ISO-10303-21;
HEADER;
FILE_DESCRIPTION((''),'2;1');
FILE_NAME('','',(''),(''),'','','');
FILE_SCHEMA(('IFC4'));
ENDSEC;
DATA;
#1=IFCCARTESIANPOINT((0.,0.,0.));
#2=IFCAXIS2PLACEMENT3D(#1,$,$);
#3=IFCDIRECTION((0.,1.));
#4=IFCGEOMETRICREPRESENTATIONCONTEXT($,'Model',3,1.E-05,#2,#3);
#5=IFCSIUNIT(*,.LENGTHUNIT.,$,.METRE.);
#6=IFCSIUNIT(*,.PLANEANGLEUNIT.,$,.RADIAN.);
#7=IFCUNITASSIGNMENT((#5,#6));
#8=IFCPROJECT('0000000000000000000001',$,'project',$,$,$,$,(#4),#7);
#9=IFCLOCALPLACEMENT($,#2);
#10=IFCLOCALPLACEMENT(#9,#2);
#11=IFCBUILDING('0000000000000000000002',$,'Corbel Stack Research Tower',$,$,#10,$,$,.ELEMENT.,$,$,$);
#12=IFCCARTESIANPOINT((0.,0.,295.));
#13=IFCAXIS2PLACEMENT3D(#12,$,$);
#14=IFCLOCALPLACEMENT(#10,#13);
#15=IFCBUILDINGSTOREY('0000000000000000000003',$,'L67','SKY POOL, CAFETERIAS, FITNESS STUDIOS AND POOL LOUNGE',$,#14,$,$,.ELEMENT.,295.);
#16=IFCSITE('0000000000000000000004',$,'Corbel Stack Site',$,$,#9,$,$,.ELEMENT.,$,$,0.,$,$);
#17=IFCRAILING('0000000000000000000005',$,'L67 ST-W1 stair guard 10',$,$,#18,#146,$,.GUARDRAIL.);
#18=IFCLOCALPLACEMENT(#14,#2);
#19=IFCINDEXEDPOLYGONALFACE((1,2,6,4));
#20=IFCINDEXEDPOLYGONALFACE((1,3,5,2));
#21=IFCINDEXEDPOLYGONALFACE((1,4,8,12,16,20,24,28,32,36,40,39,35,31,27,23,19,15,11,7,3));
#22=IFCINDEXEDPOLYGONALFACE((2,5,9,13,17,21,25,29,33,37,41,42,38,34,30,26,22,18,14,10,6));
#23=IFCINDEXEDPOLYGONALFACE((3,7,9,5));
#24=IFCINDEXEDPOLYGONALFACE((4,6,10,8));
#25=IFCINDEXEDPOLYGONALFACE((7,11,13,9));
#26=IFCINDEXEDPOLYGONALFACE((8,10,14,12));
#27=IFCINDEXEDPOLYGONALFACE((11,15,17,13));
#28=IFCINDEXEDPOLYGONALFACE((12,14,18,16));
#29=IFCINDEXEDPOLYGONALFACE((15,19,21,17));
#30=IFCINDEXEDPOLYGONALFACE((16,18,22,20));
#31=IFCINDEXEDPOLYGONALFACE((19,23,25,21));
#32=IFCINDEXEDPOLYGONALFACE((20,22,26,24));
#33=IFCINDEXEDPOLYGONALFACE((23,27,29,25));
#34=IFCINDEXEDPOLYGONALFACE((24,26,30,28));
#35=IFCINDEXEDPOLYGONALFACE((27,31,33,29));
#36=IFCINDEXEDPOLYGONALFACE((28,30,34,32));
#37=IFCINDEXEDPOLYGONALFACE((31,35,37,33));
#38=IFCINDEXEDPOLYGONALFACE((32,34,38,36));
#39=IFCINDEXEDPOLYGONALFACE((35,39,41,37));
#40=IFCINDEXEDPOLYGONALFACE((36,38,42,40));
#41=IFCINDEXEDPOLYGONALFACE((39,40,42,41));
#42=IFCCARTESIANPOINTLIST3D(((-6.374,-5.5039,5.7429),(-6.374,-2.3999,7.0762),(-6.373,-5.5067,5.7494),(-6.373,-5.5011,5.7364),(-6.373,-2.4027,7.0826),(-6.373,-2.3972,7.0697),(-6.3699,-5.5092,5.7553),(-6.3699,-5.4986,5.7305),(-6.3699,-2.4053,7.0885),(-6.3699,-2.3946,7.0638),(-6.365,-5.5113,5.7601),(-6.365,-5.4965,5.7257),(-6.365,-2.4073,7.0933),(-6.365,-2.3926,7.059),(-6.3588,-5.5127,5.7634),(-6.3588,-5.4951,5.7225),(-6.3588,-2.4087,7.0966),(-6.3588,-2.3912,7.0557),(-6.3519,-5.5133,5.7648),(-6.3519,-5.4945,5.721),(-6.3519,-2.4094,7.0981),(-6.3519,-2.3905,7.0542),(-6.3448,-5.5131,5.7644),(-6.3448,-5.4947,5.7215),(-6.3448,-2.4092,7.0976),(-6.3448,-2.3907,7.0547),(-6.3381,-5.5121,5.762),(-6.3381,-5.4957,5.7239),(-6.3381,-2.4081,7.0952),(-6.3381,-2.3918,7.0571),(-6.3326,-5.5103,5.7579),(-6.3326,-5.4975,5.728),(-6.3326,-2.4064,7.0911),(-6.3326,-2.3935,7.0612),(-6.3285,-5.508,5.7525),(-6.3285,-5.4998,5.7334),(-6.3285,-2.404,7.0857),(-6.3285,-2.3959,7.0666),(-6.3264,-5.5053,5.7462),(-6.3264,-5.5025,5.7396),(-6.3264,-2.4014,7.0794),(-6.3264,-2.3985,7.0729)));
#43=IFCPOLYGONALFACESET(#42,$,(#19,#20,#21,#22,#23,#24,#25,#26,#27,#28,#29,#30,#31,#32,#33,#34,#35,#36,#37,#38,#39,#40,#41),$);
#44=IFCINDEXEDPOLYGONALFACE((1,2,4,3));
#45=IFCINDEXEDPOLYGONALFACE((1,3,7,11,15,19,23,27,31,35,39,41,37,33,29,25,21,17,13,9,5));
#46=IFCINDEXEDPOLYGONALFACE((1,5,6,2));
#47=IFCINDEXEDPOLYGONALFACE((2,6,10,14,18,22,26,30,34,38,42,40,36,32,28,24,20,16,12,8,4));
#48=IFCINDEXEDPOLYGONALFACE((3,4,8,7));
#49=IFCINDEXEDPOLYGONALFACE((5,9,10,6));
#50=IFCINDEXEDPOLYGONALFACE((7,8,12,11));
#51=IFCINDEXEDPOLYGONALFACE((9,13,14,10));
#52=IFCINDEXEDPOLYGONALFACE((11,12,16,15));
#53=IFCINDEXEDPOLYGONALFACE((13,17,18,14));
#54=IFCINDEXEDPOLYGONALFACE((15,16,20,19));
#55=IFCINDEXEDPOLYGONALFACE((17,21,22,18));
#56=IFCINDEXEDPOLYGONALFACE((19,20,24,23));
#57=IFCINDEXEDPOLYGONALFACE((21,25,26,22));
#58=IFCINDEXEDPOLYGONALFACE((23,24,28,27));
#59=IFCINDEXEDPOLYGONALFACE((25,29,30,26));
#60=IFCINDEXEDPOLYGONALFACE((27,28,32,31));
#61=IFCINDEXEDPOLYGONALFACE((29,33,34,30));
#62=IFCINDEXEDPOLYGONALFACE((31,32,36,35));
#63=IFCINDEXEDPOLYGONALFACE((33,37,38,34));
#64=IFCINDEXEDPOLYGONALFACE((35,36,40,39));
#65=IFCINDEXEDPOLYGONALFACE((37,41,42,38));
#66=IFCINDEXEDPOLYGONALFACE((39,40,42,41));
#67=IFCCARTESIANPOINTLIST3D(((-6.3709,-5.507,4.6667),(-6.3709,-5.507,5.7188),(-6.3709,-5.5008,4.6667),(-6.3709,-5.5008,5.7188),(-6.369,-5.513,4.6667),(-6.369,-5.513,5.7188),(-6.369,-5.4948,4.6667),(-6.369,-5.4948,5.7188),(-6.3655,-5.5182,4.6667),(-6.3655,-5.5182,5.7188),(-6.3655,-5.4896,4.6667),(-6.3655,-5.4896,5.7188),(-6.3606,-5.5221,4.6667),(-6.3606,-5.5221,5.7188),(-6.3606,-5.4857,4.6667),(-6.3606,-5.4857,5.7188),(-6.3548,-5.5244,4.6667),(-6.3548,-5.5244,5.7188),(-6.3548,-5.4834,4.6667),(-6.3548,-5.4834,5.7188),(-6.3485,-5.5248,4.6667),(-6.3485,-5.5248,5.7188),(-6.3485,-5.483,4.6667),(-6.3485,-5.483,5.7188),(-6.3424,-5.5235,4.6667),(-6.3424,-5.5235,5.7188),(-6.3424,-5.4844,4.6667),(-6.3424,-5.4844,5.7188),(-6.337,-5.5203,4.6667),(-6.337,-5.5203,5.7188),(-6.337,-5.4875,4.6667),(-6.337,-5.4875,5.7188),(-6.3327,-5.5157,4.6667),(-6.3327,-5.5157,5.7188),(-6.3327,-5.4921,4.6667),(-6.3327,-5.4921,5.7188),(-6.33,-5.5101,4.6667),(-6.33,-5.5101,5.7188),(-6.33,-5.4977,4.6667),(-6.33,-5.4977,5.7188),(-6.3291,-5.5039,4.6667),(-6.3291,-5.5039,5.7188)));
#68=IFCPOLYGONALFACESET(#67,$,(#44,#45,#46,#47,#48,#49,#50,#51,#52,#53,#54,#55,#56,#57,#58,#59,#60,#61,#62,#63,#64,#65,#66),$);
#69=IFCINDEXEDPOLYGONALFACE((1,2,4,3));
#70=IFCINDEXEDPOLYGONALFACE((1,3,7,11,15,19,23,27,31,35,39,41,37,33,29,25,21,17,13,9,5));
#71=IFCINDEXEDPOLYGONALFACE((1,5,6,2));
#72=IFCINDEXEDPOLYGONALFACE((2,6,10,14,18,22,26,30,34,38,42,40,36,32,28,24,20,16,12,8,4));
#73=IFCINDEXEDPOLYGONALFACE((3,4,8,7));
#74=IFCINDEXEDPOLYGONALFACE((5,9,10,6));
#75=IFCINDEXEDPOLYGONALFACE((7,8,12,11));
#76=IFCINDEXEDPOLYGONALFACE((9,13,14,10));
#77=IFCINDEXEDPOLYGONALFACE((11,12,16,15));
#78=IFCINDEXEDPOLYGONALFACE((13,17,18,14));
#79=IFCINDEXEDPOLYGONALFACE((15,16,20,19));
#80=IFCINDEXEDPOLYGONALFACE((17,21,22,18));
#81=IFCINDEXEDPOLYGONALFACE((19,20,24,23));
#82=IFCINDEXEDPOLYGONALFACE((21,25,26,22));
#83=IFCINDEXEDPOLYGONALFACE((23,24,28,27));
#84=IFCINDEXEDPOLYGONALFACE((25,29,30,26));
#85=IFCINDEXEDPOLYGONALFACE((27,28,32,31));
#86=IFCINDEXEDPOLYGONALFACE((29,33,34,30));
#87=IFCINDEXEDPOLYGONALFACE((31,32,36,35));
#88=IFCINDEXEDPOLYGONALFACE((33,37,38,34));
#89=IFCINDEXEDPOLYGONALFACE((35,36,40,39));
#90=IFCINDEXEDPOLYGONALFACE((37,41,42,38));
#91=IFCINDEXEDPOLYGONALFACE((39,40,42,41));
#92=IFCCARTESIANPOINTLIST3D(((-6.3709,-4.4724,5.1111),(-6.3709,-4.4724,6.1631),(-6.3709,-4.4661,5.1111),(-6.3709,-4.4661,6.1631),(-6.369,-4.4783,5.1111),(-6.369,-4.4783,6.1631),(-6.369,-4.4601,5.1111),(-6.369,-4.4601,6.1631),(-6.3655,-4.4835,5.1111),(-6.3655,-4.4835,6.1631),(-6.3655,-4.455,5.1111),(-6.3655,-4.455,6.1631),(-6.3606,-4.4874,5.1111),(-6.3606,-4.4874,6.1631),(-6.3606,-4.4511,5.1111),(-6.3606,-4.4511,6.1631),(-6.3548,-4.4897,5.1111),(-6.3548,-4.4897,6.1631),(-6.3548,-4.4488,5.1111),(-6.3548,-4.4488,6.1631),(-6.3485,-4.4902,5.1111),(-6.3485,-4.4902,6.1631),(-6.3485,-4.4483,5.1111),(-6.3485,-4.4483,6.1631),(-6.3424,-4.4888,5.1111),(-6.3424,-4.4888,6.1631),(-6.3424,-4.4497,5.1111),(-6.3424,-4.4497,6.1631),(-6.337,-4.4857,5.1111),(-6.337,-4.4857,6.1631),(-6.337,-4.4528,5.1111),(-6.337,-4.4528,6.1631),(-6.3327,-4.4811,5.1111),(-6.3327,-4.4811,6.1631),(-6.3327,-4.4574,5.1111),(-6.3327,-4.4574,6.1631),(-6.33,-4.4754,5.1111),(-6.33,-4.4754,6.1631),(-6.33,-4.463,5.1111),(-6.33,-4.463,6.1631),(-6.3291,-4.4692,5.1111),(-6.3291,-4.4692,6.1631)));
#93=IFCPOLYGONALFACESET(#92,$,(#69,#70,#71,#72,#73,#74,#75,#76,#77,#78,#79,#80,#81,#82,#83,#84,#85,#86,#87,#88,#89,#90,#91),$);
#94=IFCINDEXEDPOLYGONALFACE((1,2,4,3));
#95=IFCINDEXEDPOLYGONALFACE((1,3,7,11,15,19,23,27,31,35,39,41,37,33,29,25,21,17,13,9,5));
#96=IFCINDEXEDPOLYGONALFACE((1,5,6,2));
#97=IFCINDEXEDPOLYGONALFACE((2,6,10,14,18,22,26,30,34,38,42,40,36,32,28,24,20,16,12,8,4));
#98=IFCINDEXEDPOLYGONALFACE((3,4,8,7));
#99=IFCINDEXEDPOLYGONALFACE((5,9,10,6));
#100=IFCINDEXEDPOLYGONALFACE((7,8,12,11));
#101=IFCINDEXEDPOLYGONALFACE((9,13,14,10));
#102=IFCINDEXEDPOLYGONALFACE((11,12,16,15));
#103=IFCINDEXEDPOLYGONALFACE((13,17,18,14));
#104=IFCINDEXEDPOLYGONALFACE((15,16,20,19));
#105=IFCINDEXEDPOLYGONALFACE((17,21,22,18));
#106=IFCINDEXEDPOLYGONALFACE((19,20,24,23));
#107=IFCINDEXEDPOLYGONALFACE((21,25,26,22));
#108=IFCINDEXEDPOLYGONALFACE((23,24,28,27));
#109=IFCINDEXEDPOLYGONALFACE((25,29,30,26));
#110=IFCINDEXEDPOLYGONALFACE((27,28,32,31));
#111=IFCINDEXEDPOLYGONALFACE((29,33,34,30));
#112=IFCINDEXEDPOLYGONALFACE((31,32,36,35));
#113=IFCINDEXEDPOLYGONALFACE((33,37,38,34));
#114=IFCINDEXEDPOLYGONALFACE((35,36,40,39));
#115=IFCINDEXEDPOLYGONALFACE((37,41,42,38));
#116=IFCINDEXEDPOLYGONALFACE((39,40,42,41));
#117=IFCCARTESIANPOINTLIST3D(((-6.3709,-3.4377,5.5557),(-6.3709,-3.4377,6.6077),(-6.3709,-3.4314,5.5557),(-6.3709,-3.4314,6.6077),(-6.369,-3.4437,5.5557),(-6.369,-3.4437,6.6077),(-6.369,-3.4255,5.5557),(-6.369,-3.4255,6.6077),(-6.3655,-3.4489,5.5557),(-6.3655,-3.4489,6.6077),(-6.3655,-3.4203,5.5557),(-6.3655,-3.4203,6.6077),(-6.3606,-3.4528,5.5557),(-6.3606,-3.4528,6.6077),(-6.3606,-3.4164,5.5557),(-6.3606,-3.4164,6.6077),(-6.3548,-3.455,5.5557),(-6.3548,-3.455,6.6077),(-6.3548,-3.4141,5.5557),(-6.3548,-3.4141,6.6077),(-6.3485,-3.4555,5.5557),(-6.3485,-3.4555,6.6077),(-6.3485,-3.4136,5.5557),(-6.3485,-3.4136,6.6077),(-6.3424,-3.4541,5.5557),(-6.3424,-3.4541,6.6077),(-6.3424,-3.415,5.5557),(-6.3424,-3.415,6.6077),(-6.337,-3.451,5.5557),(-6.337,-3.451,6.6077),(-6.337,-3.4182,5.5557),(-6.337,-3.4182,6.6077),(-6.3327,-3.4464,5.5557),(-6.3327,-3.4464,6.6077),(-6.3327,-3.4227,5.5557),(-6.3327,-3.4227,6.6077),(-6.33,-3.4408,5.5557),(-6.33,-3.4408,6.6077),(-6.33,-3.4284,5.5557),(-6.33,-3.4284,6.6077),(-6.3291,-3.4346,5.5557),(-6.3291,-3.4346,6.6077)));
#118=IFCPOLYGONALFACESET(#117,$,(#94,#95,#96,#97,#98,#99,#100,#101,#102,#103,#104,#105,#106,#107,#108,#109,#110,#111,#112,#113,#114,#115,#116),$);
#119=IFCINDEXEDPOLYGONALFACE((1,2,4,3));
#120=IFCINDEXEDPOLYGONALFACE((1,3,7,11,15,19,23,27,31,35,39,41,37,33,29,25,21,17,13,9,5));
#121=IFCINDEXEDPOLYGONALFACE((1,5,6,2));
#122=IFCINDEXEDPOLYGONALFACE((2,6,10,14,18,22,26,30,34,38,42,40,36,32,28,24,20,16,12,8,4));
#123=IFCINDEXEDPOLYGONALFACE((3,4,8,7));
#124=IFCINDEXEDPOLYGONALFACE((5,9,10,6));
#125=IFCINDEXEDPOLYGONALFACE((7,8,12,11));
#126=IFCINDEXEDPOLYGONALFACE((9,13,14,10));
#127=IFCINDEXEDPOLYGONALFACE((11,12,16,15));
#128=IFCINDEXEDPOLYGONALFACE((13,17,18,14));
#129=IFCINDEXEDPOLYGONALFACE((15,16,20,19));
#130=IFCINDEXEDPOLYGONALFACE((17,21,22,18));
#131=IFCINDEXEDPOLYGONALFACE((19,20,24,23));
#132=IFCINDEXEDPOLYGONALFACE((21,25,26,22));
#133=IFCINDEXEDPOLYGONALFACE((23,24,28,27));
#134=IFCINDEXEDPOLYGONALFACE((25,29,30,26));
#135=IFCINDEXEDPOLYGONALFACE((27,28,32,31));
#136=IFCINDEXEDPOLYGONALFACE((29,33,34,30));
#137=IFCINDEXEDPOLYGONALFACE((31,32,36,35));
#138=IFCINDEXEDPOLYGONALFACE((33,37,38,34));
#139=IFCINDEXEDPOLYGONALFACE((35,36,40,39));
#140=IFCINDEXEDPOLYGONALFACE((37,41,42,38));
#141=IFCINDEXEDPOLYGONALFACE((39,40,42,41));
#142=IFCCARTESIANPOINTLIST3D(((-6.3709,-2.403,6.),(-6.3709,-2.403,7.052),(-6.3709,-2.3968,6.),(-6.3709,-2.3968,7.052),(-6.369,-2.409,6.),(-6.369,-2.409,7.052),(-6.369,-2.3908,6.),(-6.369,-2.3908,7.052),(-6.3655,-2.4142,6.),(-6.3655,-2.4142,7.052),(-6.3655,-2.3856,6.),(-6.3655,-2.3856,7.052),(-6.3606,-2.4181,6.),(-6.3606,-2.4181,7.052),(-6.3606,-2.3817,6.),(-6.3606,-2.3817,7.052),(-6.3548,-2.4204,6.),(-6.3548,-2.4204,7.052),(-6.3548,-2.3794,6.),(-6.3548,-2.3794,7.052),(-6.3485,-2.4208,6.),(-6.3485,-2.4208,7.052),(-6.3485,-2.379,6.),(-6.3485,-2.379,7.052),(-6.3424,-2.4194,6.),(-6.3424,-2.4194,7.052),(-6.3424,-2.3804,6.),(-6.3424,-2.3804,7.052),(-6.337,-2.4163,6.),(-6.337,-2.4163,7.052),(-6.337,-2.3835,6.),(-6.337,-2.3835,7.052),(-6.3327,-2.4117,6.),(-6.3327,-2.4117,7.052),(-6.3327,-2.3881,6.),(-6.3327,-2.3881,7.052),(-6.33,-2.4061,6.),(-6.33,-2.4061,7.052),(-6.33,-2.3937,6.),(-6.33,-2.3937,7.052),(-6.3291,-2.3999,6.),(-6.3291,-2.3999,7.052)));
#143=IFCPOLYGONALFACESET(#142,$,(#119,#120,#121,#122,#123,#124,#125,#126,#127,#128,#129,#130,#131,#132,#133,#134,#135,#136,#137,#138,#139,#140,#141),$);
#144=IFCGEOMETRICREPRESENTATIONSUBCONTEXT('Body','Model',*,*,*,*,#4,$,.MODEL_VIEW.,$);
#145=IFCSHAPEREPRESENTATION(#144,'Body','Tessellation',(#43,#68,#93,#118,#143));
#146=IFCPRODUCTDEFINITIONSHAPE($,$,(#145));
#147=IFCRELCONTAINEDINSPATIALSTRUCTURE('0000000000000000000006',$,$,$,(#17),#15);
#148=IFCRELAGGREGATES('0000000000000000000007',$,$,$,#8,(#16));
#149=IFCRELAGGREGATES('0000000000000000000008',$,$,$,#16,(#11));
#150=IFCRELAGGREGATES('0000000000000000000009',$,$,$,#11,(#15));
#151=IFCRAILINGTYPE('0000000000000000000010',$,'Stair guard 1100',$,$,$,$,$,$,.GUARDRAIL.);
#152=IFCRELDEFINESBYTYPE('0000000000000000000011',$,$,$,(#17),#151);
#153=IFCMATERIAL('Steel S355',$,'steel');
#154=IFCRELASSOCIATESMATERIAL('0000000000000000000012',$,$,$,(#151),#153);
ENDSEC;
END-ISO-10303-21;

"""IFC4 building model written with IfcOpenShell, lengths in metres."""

from ifc_helpers import new_model, si_unit, direction, frame, origin, origin_2d, place, context, subcontext, project, spatial, circle, extrude, material, type_object, element, save


model = new_model("IFC4")

# Units and contexts
model_context = context("Model", 3, precision=1e-05, world=origin(), true_north=direction((0.0, 1.0)))
body_context = subcontext(model_context, "Body", "Model", "MODEL_VIEW")
ifc_project = project(units=[si_unit("LENGTHUNIT", "METRE"), si_unit("PLANEANGLEUNIT", "RADIAN")], contexts=[model_context])

# Site, building, storey
site_placement = place(None, origin())
site = spatial("IfcSite", under=ifc_project, at=site_placement, Name="Corbel Stack Site", CompositionType="ELEMENT", RefElevation=0.0)
building_placement = place(site_placement, origin())
building = spatial("IfcBuilding", under=site, at=building_placement, Name="Corbel Stack Research Tower", CompositionType="ELEMENT")
storey_placement = place(building_placement, frame((0.0, 0.0, 295.0)))
storey = spatial("IfcBuildingStorey", under=building, at=storey_placement, Name="L67", Description="SKY POOL, CAFETERIAS, FITNESS STUDIOS AND POOL LOUNGE", CompositionType="ELEMENT", Elevation=295.0)

# Railing
ifc_material_1 = material(Name="Steel S355", Category="steel")
railing_type_1 = type_object("IfcRailingType", Name="Stair guard 1100", PredefinedType="GUARDRAIL", material=ifc_material_1)
railing_1_placement = place(storey_placement, frame((-6.3501, -5.5039, 4.6667)))
element("IfcRailing", 1, at=railing_1_placement, inside=storey, type_object=railing_type_1, Name="L67 ST-W1 stair guard 10", PredefinedType="GUARDRAIL", context=body_context, shape_type="SweptSolid", body=[
    extrude(circle(Radius=0.0239, at=origin_2d()), frame((0.0, 0.0, 1.0762), z_axis=(0.0, 0.918827, 0.394661), x_axis=(-1.0, 0.0, 0.0)), (0.0, 0.0, 1.0), 3.3782),
    extrude(circle(Radius=0.021, at=origin_2d()), origin(), (0.0, 0.0, 1.0), 1.052),
    extrude(circle(Radius=0.021, at=origin_2d()), frame((0.0, 1.0347, 0.4443)), (0.0, 0.0, 1.0), 1.052),
    extrude(circle(Radius=0.021, at=origin_2d()), frame((0.0, 2.0693, 0.8889)), (0.0, 0.0, 1.0), 1.052),
    extrude(circle(Radius=0.021, at=origin_2d()), frame((0.0, 3.104, 1.3333)), (0.0, 0.0, 1.0), 1.052),
])

save(model, "model.ifc")
